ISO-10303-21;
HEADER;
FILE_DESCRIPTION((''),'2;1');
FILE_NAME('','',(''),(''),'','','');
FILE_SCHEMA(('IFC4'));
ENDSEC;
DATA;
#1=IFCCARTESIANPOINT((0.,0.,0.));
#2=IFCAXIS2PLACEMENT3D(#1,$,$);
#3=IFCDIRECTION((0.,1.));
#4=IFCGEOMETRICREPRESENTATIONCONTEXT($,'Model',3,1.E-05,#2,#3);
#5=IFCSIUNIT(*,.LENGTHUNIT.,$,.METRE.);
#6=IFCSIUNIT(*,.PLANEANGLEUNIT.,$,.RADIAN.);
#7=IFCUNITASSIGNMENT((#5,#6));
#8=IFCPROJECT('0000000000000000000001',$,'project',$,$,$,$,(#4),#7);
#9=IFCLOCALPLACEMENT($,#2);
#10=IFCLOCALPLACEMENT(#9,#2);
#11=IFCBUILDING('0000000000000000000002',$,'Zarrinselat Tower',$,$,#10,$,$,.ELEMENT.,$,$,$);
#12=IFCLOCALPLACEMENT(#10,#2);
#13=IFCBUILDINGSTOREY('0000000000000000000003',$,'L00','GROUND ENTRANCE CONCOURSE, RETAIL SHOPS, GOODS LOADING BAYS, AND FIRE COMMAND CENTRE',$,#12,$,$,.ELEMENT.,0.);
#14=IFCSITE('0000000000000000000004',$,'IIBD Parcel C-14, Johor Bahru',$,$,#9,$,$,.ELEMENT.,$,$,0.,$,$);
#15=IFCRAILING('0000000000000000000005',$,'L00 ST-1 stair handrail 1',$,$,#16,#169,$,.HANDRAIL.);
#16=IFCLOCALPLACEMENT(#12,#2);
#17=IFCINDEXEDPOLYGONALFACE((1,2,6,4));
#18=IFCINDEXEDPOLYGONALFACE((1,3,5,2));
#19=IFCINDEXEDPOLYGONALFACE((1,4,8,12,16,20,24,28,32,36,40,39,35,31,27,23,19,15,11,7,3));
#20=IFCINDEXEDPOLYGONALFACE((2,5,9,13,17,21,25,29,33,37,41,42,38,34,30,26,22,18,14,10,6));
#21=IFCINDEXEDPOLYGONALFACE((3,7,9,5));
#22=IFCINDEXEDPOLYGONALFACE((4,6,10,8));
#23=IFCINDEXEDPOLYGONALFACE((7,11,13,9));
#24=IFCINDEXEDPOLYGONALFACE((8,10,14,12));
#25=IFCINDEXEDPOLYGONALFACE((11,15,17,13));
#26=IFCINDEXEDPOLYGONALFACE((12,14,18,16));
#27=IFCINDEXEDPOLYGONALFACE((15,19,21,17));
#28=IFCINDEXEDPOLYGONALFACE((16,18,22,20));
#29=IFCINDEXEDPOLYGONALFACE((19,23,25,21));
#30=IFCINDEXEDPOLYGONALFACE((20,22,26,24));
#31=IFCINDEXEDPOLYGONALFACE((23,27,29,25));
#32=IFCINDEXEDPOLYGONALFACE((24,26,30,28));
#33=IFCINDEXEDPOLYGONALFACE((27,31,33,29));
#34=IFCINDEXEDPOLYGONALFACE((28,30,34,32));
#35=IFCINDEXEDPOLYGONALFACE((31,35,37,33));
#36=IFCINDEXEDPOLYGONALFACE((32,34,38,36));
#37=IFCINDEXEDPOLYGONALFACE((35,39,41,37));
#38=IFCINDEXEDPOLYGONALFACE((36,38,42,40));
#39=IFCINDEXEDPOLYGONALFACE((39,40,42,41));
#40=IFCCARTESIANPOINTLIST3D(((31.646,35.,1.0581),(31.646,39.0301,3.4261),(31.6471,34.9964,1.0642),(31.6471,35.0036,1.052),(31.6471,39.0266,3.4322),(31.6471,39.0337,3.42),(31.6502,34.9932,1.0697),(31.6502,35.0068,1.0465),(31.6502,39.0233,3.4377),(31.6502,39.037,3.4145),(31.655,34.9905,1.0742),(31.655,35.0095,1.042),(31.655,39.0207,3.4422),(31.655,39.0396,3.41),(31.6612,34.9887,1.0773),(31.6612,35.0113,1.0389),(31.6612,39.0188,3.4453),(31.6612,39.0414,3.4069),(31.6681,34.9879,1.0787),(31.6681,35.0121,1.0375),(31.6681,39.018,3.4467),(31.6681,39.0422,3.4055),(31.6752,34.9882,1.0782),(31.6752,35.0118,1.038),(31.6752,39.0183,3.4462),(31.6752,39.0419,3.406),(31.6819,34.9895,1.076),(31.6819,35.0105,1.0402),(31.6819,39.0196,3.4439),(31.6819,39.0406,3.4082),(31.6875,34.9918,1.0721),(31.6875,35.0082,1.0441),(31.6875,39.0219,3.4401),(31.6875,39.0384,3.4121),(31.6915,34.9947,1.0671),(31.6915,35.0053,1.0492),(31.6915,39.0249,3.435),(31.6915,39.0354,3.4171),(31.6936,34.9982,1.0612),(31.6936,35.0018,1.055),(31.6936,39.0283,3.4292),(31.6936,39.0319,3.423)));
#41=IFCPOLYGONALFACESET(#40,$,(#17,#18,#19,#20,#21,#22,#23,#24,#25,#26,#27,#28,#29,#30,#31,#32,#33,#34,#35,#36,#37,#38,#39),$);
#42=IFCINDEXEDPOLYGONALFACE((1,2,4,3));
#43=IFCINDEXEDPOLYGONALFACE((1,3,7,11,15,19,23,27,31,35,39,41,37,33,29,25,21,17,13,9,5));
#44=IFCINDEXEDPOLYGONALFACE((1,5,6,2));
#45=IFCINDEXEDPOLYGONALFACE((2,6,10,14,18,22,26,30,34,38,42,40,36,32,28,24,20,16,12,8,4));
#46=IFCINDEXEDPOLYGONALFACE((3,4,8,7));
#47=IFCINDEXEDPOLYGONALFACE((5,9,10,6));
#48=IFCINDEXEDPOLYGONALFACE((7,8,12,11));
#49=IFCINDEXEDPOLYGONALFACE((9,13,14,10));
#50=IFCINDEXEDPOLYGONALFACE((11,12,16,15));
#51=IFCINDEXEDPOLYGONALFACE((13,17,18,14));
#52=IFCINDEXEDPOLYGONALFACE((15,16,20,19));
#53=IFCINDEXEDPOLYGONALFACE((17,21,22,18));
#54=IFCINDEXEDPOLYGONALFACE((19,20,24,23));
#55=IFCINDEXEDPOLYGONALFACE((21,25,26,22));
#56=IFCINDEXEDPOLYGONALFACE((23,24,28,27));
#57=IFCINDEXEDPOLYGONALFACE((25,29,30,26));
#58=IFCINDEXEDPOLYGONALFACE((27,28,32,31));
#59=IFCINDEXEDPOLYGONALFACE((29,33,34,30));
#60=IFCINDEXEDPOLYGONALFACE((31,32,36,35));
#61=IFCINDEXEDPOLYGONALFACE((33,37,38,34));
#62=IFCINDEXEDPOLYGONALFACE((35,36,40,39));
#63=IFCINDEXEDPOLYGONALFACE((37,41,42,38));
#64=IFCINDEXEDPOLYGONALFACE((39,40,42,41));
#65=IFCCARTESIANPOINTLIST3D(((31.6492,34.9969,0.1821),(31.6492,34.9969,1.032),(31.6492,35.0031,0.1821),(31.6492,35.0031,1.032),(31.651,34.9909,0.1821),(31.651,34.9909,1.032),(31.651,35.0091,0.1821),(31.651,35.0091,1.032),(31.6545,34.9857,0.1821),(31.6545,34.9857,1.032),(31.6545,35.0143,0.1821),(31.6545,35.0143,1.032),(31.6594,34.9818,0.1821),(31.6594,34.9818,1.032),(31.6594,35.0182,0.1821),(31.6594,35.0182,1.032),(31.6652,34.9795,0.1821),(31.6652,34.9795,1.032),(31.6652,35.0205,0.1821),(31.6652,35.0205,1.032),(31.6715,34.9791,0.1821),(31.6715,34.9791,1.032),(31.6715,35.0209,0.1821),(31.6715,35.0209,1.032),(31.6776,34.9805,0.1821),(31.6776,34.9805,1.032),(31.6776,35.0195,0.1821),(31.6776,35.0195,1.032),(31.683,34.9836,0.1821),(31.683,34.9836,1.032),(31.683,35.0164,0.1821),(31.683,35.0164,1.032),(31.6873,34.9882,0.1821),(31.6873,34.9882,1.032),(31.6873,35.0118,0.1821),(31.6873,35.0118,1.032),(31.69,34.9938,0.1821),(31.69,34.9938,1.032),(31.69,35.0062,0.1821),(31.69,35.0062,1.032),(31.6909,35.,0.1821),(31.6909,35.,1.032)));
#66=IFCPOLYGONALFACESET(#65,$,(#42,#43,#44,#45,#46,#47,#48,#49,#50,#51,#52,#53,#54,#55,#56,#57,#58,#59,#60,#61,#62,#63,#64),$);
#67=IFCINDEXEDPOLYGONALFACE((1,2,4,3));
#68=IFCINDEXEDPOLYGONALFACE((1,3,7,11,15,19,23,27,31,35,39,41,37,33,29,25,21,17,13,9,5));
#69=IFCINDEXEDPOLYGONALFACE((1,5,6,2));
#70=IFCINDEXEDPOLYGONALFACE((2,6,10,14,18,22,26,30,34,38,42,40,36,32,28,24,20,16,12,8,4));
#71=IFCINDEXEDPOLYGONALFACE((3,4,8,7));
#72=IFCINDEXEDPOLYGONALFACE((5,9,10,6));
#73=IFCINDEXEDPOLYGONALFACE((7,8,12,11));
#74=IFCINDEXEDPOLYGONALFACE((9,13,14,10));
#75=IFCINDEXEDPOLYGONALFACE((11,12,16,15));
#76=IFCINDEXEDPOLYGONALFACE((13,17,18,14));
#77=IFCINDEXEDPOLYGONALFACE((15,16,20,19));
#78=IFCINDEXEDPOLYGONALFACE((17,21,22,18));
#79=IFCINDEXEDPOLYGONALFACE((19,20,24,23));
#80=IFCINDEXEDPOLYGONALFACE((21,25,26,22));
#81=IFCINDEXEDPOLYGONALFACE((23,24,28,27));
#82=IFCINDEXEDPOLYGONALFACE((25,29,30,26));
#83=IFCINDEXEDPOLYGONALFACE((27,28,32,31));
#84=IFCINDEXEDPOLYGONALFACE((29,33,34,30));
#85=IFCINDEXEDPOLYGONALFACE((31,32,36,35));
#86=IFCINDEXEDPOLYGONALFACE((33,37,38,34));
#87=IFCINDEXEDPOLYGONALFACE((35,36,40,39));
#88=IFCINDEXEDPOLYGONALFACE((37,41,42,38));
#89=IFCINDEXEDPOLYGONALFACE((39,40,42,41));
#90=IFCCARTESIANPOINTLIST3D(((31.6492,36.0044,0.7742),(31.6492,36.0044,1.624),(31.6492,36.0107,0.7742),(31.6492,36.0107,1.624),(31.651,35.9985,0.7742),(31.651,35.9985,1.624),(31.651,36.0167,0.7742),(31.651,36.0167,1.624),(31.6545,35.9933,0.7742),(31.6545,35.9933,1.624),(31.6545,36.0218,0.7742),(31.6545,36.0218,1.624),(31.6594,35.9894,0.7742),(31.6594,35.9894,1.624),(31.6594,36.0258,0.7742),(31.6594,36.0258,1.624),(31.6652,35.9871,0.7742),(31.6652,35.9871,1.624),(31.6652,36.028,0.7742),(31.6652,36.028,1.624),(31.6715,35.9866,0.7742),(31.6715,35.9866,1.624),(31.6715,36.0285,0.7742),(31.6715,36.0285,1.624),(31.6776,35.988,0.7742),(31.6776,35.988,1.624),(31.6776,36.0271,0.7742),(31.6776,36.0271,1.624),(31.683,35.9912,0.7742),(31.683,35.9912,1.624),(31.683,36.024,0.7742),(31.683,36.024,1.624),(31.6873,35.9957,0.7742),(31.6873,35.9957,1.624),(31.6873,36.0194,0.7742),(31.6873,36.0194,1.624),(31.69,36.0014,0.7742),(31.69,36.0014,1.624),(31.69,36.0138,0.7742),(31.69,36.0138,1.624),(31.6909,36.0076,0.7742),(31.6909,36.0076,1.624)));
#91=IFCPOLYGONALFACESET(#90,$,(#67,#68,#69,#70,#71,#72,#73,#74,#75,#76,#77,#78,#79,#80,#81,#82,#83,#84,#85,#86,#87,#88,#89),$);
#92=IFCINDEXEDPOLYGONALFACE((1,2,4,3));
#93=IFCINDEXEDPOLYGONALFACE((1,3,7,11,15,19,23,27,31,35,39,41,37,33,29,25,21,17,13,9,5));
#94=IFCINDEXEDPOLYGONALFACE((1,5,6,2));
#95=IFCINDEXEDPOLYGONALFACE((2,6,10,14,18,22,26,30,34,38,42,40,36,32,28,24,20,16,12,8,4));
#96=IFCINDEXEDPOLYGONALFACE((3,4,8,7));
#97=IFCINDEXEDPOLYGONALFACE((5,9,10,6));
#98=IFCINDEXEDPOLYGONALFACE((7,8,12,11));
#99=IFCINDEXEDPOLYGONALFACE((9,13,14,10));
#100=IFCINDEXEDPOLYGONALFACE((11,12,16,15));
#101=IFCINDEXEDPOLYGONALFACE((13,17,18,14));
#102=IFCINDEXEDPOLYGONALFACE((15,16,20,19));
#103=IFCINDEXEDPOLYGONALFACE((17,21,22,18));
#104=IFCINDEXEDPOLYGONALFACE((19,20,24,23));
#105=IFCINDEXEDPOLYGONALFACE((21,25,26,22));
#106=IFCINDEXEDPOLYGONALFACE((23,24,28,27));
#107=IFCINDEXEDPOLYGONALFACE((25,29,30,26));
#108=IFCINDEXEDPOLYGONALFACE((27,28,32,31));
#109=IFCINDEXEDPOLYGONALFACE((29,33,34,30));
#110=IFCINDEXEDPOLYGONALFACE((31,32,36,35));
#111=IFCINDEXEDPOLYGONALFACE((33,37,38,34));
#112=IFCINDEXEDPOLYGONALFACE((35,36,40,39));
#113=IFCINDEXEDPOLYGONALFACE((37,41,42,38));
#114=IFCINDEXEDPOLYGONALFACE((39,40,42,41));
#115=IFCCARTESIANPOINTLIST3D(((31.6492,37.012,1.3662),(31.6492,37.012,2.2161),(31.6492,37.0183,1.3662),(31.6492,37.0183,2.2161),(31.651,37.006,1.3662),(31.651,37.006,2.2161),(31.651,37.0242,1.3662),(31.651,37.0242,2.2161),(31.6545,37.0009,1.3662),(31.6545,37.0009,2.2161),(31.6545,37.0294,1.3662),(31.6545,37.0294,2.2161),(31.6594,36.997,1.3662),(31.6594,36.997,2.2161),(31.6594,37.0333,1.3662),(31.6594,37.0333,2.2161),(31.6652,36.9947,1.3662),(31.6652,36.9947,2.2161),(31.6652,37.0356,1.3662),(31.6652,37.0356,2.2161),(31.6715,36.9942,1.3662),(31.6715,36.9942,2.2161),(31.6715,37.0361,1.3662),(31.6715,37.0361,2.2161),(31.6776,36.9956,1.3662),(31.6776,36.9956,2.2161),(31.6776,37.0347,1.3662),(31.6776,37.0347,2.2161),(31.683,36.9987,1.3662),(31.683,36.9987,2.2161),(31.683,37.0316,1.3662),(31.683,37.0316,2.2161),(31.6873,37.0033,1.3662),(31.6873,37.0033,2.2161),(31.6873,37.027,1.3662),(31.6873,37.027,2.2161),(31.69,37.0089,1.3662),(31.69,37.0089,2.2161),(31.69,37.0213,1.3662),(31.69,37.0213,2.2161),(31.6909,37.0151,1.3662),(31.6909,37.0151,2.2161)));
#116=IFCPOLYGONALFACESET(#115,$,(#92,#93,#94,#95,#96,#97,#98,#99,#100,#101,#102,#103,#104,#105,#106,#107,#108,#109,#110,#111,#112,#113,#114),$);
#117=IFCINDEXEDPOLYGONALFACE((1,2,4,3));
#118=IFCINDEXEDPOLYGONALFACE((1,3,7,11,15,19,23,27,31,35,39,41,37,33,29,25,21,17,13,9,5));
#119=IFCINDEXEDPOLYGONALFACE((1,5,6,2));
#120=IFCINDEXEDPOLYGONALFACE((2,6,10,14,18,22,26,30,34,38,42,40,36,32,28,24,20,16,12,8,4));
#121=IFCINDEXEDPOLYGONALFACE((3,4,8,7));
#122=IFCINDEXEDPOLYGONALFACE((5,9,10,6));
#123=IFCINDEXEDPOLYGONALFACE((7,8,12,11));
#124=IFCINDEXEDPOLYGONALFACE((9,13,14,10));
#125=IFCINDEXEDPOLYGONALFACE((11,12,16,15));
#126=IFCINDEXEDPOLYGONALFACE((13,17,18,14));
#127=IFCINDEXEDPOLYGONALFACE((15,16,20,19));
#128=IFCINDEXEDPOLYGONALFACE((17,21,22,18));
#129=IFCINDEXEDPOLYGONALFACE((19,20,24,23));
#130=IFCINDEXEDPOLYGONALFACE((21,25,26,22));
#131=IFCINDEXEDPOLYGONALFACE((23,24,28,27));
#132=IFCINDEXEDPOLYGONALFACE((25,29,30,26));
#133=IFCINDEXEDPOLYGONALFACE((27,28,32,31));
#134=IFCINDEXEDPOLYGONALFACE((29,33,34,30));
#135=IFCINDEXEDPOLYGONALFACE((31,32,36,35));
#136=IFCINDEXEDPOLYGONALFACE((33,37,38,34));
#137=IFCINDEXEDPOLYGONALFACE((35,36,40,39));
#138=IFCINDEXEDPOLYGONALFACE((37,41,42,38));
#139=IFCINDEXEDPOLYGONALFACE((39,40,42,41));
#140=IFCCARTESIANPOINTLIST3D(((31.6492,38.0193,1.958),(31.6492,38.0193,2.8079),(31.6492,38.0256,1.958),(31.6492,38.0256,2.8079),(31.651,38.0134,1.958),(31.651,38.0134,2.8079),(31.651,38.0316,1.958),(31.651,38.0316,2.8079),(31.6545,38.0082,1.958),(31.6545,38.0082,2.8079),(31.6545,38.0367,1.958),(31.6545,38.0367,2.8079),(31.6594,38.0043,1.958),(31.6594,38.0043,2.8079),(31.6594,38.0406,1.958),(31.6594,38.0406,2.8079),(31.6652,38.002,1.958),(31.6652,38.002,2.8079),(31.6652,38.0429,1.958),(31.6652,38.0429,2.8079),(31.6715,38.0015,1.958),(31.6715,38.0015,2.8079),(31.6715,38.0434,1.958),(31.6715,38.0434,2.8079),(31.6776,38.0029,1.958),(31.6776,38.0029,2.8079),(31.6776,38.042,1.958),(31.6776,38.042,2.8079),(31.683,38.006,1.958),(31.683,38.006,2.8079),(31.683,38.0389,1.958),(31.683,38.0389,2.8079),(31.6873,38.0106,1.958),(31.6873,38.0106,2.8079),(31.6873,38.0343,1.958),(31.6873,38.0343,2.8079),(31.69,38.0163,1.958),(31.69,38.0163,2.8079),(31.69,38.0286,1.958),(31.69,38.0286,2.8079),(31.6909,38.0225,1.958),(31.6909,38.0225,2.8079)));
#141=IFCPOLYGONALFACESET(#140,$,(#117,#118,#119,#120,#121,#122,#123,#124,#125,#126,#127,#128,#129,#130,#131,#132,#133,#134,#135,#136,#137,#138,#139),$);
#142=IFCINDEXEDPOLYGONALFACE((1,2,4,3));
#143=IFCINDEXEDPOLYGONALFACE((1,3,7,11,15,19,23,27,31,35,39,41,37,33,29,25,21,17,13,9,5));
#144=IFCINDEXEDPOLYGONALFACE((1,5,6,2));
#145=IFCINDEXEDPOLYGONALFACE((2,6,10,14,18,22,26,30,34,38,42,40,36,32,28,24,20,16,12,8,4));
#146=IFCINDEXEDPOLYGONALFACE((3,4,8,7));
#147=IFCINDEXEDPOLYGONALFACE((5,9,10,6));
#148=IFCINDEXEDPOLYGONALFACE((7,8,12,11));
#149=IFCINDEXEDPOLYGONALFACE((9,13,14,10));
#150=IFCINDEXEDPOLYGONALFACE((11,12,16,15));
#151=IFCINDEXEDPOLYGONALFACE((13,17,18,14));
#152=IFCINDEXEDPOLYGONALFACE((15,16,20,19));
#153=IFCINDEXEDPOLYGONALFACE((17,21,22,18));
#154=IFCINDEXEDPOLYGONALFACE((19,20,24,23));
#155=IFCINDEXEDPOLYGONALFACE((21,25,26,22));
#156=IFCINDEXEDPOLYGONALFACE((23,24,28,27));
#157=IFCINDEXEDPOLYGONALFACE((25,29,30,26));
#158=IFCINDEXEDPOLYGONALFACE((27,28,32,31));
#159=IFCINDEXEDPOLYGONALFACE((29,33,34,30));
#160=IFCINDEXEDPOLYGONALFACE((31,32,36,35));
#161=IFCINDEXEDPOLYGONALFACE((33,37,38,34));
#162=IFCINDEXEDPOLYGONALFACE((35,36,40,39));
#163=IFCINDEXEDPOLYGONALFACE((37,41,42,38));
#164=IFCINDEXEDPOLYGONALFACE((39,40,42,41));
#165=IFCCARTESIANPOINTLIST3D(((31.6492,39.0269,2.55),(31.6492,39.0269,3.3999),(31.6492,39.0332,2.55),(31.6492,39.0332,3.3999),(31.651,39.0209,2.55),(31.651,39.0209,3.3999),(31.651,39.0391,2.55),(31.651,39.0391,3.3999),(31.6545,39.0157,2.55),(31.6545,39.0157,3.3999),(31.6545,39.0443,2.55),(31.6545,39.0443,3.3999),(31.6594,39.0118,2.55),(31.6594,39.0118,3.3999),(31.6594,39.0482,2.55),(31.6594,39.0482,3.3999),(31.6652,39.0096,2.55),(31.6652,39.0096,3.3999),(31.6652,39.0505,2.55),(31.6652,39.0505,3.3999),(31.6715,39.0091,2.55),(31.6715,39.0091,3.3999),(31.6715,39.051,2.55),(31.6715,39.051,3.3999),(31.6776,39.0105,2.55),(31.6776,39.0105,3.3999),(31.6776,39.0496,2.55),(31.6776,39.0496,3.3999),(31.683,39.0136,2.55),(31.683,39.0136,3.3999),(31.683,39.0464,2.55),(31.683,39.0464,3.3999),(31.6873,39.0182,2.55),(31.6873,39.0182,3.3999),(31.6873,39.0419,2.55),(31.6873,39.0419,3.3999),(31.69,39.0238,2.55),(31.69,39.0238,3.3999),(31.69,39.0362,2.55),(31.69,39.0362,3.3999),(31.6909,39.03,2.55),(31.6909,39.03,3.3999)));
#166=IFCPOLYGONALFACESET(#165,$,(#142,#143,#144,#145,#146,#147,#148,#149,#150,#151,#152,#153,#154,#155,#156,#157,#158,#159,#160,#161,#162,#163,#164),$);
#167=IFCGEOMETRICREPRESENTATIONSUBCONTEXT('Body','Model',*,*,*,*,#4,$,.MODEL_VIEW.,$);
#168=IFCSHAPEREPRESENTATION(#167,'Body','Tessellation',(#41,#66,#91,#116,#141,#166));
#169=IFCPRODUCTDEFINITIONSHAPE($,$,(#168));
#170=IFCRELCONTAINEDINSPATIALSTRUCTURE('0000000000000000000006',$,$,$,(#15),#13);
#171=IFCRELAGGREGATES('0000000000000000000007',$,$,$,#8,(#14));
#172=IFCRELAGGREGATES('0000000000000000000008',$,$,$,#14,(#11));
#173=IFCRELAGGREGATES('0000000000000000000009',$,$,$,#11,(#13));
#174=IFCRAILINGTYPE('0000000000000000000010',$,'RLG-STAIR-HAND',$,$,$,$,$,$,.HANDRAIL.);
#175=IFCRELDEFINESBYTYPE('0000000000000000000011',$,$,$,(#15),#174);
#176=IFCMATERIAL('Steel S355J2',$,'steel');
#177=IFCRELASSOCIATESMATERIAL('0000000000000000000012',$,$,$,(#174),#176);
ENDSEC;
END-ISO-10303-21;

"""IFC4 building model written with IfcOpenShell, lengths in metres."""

from ifc_helpers import new_model, si_unit, direction, frame, origin, origin_2d, place, context, subcontext, project, spatial, circle, extrude, material, type_object, element, save


model = new_model("IFC4")

# Units and contexts
model_context = context("Model", 3, precision=1e-05, world=origin(), true_north=direction((0.0, 1.0)))
body_context = subcontext(model_context, "Body", "Model", "MODEL_VIEW")
ifc_project = project(units=[si_unit("LENGTHUNIT", "METRE"), si_unit("PLANEANGLEUNIT", "RADIAN")], contexts=[model_context])

# Site, building, storey
site_placement = place(None, origin())
site = spatial("IfcSite", under=ifc_project, at=site_placement, Name="IIBD Parcel C-14, Johor Bahru", CompositionType="ELEMENT", RefElevation=0.0)
building_placement = place(site_placement, origin())
building = spatial("IfcBuilding", under=site, at=building_placement, Name="Zarrinselat Tower", CompositionType="ELEMENT")
storey_placement = place(building_placement, origin())
storey = spatial("IfcBuildingStorey", under=building, at=storey_placement, Name="L00", Description="GROUND ENTRANCE CONCOURSE, RETAIL SHOPS, GOODS LOADING BAYS, AND FIRE COMMAND CENTRE", CompositionType="ELEMENT", Elevation=0.0)

# Railing
ifc_material_1 = material(Name="Steel S355J2", Category="steel")
railing_type_1 = type_object("IfcRailingType", Name="RLG-STAIR-HAND", PredefinedType="HANDRAIL", material=ifc_material_1)
railing_1_placement = place(storey_placement, frame((31.6699, 35.0, 0.1821)))
element("IfcRailing", 1, at=railing_1_placement, inside=storey, type_object=railing_type_1, Name="L00 ST-1 stair handrail 1", PredefinedType="HANDRAIL", context=body_context, shape_type="SweptSolid", body=[
    extrude(circle(Radius=0.0239, at=origin_2d()), frame((0.0, 0.0, 0.876), z_axis=(0.0, 0.862185, 0.506593), x_axis=(-1.0, 0.0, 0.0)), (0.0, 0.0, 1.0), 4.6743),
    extrude(circle(Radius=0.021, at=origin_2d()), origin(), (0.0, 0.0, 1.0), 0.8499),
    extrude(circle(Radius=0.021, at=origin_2d()), frame((0.0, 1.0076, 0.592)), (0.0, 0.0, 1.0), 0.8499),
    extrude(circle(Radius=0.021, at=origin_2d()), frame((0.0, 2.0151, 1.1841)), (0.0, 0.0, 1.0), 0.8499),
    extrude(circle(Radius=0.021, at=origin_2d()), frame((0.0, 3.0225, 1.7759)), (0.0, 0.0, 1.0), 0.8499),
    extrude(circle(Radius=0.021, at=origin_2d()), frame((0.0, 4.03, 2.3679)), (0.0, 0.0, 1.0), 0.8499),
])

save(model, "model.ifc")
